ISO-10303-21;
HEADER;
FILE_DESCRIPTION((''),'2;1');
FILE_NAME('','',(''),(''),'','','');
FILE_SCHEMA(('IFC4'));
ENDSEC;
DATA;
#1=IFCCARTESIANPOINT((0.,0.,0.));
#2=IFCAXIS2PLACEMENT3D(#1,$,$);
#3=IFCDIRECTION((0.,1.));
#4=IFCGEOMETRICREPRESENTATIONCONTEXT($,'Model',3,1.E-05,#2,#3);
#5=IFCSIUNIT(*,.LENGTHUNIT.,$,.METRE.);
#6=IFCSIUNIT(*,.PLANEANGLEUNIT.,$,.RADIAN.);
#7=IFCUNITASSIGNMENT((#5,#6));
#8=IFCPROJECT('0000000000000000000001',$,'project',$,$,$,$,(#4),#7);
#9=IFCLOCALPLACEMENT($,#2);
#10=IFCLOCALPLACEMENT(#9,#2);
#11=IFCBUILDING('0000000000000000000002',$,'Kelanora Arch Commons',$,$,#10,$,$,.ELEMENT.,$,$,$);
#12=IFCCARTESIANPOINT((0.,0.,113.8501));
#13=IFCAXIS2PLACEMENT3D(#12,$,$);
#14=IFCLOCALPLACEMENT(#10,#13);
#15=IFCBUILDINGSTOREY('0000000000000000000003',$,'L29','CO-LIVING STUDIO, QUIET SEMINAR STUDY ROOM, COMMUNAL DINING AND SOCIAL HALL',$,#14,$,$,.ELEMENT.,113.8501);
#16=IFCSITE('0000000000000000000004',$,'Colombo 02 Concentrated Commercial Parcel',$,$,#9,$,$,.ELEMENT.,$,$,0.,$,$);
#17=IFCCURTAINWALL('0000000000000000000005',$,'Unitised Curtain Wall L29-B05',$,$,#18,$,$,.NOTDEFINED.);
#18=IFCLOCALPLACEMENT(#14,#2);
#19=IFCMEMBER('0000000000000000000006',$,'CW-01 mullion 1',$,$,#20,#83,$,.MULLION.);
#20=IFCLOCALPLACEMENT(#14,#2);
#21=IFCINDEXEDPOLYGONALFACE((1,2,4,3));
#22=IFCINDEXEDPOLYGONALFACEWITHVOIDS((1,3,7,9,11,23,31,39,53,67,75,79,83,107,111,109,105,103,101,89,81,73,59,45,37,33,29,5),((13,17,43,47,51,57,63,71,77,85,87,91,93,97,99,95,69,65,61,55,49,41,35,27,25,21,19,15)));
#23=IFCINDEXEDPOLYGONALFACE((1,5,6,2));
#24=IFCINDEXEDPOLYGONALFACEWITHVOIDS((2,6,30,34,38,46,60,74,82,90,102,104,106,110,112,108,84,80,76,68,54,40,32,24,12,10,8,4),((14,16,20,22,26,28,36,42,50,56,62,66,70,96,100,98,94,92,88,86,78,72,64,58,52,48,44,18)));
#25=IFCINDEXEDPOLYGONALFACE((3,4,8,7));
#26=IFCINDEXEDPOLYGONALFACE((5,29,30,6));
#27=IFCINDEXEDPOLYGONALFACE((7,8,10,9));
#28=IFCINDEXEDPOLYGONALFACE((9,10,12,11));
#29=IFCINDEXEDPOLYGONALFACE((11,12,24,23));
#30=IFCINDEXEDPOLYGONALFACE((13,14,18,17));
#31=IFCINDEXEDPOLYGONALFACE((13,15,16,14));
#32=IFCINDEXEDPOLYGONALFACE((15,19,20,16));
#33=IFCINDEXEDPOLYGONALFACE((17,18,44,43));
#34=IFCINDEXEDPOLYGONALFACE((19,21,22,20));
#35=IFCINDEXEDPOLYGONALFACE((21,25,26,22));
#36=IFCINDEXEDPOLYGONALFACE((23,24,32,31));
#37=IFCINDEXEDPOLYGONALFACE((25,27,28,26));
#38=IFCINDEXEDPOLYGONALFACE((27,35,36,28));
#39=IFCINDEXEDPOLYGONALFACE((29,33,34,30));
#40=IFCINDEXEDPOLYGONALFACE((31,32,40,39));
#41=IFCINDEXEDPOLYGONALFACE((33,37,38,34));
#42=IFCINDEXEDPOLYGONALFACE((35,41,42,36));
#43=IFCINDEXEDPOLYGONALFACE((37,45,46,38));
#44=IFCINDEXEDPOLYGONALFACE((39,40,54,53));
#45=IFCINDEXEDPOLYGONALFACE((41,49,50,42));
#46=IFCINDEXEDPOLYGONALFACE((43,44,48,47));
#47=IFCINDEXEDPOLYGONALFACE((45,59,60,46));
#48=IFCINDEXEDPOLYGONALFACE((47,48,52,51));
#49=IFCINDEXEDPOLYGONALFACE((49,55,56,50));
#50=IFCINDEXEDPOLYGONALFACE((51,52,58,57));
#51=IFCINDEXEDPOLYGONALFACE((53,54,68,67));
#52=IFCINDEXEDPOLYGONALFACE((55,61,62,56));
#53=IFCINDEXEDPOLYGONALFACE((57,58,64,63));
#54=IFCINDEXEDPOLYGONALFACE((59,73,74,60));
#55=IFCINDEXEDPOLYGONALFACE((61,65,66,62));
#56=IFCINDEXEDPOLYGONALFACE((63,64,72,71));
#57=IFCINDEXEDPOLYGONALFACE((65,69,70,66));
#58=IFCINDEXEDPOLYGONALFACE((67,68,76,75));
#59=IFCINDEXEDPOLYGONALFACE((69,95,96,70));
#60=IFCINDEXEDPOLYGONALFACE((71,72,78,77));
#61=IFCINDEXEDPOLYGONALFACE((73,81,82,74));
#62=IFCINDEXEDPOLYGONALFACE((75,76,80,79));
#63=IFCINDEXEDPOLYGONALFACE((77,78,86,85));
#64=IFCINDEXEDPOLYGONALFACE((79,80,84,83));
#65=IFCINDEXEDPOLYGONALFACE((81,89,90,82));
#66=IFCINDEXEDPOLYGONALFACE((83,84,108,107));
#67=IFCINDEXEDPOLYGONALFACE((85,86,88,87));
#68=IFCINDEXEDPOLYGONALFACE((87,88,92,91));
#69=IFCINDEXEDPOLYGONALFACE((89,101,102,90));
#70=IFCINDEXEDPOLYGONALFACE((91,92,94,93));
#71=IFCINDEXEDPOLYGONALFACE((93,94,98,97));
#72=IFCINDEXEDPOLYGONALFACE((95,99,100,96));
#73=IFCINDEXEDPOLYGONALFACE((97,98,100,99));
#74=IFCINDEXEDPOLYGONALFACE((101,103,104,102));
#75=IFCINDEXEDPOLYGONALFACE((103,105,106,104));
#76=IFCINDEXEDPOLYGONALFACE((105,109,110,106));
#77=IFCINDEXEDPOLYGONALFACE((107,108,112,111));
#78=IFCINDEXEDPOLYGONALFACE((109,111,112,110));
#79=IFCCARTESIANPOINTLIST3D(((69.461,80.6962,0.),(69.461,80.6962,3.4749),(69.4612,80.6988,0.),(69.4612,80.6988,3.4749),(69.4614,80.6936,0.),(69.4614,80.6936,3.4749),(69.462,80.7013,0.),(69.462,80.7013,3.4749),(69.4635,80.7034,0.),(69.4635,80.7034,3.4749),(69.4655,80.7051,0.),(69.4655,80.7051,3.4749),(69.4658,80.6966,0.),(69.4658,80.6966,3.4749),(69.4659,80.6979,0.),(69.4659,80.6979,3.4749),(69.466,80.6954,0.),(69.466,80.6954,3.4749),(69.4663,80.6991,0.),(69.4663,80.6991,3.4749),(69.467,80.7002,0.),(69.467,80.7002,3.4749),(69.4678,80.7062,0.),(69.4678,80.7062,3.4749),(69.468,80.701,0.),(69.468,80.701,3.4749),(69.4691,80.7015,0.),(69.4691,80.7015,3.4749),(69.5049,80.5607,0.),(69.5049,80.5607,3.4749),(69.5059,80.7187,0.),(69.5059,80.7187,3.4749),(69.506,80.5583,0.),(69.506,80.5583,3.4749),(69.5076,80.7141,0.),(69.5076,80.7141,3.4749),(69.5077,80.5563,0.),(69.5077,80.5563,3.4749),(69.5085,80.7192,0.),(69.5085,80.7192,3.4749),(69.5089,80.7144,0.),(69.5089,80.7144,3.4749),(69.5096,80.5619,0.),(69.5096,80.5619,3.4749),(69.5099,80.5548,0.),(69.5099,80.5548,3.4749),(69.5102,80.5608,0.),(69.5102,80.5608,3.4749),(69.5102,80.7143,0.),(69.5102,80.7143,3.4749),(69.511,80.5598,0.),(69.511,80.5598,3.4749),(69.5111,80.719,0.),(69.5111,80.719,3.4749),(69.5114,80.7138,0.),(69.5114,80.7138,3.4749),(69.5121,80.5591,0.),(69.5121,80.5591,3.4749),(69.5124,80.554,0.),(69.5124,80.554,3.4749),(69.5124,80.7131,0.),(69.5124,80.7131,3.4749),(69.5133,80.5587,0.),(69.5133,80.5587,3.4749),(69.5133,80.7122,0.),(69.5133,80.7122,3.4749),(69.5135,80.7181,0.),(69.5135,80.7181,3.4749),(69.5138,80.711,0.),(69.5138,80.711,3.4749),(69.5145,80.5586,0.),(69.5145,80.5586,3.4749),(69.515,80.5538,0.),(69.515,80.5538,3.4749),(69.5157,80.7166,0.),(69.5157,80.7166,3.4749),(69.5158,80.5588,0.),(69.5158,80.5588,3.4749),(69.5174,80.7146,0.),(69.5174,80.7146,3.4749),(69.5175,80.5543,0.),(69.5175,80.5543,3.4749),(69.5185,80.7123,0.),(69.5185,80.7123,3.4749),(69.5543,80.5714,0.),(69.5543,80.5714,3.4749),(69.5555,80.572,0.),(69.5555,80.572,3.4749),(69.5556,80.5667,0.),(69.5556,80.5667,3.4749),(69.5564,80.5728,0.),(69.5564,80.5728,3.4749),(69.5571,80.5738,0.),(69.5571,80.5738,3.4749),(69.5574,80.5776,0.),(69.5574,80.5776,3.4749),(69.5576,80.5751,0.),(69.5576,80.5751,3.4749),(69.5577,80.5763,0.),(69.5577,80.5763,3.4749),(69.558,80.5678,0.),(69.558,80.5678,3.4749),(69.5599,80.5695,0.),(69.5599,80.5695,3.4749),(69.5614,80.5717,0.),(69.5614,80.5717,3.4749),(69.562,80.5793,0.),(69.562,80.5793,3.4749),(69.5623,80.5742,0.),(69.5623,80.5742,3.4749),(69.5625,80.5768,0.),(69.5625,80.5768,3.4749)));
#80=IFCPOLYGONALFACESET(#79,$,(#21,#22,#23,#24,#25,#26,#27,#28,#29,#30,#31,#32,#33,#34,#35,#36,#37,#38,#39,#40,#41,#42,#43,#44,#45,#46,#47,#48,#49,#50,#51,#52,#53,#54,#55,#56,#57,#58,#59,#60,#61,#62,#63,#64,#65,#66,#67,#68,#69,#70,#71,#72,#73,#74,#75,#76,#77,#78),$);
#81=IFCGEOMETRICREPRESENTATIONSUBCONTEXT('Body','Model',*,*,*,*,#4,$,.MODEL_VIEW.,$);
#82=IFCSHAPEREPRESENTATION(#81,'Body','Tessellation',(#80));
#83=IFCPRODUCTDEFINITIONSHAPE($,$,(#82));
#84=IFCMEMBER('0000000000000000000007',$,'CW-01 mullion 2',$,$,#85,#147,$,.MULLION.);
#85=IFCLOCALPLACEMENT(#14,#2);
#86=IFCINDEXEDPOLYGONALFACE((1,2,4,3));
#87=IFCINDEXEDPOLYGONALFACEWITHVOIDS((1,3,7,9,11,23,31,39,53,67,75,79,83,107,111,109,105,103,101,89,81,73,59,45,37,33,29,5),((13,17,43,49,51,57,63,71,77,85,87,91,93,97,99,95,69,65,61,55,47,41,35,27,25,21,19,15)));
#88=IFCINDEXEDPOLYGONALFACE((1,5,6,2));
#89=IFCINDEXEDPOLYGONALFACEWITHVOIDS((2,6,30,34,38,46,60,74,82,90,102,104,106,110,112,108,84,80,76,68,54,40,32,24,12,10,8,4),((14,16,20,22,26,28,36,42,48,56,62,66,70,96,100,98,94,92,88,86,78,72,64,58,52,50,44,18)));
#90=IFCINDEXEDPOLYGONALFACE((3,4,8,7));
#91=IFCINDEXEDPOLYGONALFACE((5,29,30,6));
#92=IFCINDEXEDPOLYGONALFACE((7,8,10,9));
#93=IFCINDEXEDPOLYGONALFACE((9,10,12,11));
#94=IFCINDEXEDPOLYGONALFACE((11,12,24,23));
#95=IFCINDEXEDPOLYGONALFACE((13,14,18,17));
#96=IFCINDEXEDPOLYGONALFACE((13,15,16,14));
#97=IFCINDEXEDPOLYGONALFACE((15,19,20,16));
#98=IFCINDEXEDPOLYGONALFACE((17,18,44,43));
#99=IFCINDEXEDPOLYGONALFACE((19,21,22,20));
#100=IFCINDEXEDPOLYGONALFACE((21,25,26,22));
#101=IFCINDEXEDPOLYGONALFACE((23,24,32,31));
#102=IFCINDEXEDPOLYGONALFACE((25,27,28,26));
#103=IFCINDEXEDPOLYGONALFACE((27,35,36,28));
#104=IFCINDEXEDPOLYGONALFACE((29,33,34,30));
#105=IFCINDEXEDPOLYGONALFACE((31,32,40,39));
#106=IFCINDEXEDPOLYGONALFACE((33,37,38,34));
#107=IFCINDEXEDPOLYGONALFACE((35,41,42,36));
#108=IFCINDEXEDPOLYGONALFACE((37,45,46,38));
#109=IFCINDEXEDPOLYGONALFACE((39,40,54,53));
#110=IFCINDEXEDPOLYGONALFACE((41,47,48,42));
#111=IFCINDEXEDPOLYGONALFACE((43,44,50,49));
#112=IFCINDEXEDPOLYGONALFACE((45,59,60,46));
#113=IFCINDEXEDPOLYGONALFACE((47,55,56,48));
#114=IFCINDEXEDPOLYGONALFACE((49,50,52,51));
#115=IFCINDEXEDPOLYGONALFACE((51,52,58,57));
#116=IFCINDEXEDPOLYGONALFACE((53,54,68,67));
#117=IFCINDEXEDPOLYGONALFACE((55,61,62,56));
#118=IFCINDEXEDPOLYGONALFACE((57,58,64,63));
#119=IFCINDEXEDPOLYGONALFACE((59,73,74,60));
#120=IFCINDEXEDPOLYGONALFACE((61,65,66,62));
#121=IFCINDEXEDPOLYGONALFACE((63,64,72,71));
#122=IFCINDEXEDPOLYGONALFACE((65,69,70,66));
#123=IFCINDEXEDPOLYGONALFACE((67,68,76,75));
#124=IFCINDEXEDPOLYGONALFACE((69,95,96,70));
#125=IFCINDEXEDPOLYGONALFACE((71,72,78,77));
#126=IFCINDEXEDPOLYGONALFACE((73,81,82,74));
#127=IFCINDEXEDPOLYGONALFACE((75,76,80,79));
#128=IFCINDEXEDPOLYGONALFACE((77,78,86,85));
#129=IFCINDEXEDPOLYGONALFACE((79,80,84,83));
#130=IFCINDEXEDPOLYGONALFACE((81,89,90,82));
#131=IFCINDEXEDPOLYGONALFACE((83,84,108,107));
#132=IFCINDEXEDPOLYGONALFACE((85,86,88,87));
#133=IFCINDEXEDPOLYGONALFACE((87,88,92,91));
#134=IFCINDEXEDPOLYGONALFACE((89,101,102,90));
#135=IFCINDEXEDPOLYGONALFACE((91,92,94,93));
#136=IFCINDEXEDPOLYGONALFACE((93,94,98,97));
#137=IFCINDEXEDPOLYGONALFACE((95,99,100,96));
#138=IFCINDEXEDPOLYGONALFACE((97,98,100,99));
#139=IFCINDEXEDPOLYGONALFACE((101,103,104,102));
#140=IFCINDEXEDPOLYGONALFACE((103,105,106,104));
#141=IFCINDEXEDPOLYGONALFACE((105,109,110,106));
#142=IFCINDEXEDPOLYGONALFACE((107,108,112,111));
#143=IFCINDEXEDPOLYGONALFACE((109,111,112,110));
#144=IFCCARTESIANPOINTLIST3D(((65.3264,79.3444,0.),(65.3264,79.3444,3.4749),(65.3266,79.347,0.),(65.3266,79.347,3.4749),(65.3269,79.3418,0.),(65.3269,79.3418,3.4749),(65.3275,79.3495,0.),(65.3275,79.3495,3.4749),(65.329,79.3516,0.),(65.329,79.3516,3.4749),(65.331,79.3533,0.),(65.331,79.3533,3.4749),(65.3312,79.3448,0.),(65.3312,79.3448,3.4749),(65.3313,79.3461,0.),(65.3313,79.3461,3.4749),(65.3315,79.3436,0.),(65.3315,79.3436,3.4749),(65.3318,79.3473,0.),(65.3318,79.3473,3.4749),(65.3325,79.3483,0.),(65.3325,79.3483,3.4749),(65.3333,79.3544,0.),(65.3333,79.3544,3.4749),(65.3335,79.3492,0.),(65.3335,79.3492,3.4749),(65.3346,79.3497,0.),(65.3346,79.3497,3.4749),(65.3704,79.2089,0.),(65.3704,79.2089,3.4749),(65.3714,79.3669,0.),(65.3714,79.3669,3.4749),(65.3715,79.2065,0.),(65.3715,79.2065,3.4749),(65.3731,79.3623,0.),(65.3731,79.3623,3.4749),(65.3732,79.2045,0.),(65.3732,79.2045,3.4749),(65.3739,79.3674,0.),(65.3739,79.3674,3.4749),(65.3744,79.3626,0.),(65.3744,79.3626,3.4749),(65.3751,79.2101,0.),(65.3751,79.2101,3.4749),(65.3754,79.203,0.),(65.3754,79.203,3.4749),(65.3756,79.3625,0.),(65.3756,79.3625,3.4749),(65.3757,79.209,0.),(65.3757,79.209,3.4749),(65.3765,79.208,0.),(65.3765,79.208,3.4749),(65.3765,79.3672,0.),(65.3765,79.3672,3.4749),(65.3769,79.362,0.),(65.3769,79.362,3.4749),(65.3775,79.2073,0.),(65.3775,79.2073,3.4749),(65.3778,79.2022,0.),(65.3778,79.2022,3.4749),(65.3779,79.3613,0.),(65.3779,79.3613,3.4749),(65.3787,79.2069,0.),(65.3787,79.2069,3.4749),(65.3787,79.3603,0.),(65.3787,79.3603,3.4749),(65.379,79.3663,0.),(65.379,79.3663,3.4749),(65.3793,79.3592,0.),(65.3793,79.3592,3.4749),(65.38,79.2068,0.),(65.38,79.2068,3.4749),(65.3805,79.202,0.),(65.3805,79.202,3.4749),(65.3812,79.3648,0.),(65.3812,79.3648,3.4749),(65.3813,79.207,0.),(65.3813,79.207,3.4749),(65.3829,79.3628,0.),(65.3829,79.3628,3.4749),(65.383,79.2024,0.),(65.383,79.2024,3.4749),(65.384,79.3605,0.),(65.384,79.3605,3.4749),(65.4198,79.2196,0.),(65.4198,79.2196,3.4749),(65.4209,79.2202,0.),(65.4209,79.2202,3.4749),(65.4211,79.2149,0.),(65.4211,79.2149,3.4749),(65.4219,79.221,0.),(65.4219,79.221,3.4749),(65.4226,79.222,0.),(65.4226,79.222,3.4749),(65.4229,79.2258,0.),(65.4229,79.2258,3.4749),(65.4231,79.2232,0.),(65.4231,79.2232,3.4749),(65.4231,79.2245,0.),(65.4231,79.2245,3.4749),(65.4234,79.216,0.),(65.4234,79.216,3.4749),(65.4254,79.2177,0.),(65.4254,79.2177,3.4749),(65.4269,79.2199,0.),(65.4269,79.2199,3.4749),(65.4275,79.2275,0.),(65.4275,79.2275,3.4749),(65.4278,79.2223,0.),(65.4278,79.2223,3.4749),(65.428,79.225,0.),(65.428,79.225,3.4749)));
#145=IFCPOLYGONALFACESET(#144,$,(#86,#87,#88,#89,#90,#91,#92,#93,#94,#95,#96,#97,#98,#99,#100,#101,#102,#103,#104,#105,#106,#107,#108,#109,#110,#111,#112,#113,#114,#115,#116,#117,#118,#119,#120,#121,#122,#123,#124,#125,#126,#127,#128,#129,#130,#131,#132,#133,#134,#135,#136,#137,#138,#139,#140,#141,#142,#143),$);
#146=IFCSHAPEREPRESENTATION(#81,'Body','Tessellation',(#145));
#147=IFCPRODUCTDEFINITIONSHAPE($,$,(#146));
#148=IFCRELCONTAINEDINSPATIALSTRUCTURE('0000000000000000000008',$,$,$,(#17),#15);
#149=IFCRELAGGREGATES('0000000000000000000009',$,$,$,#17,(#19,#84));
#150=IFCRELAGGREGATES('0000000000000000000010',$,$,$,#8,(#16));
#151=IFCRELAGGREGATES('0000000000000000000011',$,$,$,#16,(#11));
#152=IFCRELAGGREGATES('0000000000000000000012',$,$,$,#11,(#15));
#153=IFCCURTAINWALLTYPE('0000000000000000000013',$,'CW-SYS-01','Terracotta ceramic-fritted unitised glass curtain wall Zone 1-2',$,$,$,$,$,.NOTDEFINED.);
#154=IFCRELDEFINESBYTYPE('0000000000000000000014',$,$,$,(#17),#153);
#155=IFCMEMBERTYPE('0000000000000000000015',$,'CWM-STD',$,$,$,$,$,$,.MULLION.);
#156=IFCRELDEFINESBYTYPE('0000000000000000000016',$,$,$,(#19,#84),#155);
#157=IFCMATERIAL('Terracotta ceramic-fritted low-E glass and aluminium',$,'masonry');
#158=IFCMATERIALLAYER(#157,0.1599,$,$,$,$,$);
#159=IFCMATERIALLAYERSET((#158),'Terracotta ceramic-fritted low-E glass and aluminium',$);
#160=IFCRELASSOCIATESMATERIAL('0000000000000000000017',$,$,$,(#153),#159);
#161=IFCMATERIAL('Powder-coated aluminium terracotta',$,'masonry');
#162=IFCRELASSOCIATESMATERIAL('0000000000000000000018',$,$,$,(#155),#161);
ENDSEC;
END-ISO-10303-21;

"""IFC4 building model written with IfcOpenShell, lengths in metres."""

from ifc_helpers import new_model, si_unit, direction, frame, origin, origin_2d, place, context, subcontext, project, spatial, hollow_rectangle, extrude, material, layer, layer_set, material_profile, profile_set, type_object, element, aggregate, save


model = new_model("IFC4")

# Units and contexts
model_context = context("Model", 3, precision=1e-05, world=origin(), true_north=direction((0.0, 1.0)))
body_context = subcontext(model_context, "Body", "Model", "MODEL_VIEW")
ifc_project = project(units=[si_unit("LENGTHUNIT", "METRE"), si_unit("PLANEANGLEUNIT", "RADIAN")], contexts=[model_context])

# Site, building, storey
site_placement = place(None, origin())
site = spatial("IfcSite", under=ifc_project, at=site_placement, Name="Colombo 02 Concentrated Commercial Parcel", CompositionType="ELEMENT", RefElevation=0.0)
building_placement = place(site_placement, origin())
building = spatial("IfcBuilding", under=site, at=building_placement, Name="Kelanora Arch Commons", CompositionType="ELEMENT")
storey_placement = place(building_placement, frame((0.0, 0.0, 113.8501)))
storey = spatial("IfcBuildingStorey", under=building, at=storey_placement, Name="L29", Description="CO-LIVING STUDIO, QUIET SEMINAR STUDY ROOM, COMMUNAL DINING AND SOCIAL HALL", CompositionType="ELEMENT", Elevation=113.8501)

# Curtain wall, members
ifc_material_1 = material(Name="Terracotta ceramic-fritted low-E glass and aluminium", Category="masonry")
ifc_layer_1 = layer(ifc_material_1, 0.1599)
ifc_layer_set_1 = layer_set([ifc_layer_1], Name="Terracotta ceramic-fritted low-E glass and aluminium")
curtain_wall_type = type_object("IfcCurtainWallType", Name="CW-SYS-01", Description="Terracotta ceramic-fritted unitised glass curtain wall Zone 1-2", PredefinedType="NOTDEFINED", material=ifc_layer_set_1)
curtain_wall_placement = place(storey_placement, origin())
curtain_wall = element("IfcCurtainWall", 1, at=curtain_wall_placement, inside=storey, type_object=curtain_wall_type, Name="Unitised Curtain Wall L29-B05", PredefinedType="NOTDEFINED")
ifc_material_2 = material(Name="Powder-coated aluminium terracotta", Category="masonry")
ifc_material_profile_1 = material_profile(ifc_material_2, hollow_rectangle(XDim=0.1599, YDim=0.0601, WallThickness=0.0049, InnerFilletRadius=0.0049, OuterFilletRadius=0.01, at=origin_2d()), Name="CWM160x60")
ifc_profile_set_1 = profile_set([ifc_material_profile_1], Name="Powder-coated aluminium terracotta")
member_type_1 = type_object("IfcMemberType", Name="CWM-STD", PredefinedType="MULLION", material=ifc_profile_set_1)
member_1_placement = place(storey_placement, frame((69.5117, 80.6365, 0.0), z_axis=(0.0, 0.0, 1.0), x_axis=(0.310805, -0.950474, 0.0)))
member_1 = element("IfcMember", 2, at=member_1_placement, type_object=member_type_1, Name="CW-01 mullion 1", PredefinedType="MULLION", context=body_context, shape_type="SweptSolid", body=[
    extrude(hollow_rectangle(XDim=0.1599, YDim=0.0601, WallThickness=0.0049, InnerFilletRadius=0.0049, OuterFilletRadius=0.01, at=origin_2d()), origin(), (0.0, 0.0, 1.0), 3.4749),
])
member_2_placement = place(storey_placement, frame((65.3772, 79.2847, 0.0), z_axis=(0.0, 0.0, 1.0), x_axis=(0.310805, -0.950474, 0.0)))
member_2 = element("IfcMember", 3, at=member_2_placement, type_object=member_type_1, Name="CW-01 mullion 2", PredefinedType="MULLION", context=body_context, shape_type="SweptSolid", body=[
    extrude(hollow_rectangle(XDim=0.1599, YDim=0.0601, WallThickness=0.0049, InnerFilletRadius=0.0049, OuterFilletRadius=0.01, at=origin_2d()), origin(), (0.0, 0.0, 1.0), 3.4749),
])
aggregate(curtain_wall, [member_1, member_2])

save(model, "model.ifc")
